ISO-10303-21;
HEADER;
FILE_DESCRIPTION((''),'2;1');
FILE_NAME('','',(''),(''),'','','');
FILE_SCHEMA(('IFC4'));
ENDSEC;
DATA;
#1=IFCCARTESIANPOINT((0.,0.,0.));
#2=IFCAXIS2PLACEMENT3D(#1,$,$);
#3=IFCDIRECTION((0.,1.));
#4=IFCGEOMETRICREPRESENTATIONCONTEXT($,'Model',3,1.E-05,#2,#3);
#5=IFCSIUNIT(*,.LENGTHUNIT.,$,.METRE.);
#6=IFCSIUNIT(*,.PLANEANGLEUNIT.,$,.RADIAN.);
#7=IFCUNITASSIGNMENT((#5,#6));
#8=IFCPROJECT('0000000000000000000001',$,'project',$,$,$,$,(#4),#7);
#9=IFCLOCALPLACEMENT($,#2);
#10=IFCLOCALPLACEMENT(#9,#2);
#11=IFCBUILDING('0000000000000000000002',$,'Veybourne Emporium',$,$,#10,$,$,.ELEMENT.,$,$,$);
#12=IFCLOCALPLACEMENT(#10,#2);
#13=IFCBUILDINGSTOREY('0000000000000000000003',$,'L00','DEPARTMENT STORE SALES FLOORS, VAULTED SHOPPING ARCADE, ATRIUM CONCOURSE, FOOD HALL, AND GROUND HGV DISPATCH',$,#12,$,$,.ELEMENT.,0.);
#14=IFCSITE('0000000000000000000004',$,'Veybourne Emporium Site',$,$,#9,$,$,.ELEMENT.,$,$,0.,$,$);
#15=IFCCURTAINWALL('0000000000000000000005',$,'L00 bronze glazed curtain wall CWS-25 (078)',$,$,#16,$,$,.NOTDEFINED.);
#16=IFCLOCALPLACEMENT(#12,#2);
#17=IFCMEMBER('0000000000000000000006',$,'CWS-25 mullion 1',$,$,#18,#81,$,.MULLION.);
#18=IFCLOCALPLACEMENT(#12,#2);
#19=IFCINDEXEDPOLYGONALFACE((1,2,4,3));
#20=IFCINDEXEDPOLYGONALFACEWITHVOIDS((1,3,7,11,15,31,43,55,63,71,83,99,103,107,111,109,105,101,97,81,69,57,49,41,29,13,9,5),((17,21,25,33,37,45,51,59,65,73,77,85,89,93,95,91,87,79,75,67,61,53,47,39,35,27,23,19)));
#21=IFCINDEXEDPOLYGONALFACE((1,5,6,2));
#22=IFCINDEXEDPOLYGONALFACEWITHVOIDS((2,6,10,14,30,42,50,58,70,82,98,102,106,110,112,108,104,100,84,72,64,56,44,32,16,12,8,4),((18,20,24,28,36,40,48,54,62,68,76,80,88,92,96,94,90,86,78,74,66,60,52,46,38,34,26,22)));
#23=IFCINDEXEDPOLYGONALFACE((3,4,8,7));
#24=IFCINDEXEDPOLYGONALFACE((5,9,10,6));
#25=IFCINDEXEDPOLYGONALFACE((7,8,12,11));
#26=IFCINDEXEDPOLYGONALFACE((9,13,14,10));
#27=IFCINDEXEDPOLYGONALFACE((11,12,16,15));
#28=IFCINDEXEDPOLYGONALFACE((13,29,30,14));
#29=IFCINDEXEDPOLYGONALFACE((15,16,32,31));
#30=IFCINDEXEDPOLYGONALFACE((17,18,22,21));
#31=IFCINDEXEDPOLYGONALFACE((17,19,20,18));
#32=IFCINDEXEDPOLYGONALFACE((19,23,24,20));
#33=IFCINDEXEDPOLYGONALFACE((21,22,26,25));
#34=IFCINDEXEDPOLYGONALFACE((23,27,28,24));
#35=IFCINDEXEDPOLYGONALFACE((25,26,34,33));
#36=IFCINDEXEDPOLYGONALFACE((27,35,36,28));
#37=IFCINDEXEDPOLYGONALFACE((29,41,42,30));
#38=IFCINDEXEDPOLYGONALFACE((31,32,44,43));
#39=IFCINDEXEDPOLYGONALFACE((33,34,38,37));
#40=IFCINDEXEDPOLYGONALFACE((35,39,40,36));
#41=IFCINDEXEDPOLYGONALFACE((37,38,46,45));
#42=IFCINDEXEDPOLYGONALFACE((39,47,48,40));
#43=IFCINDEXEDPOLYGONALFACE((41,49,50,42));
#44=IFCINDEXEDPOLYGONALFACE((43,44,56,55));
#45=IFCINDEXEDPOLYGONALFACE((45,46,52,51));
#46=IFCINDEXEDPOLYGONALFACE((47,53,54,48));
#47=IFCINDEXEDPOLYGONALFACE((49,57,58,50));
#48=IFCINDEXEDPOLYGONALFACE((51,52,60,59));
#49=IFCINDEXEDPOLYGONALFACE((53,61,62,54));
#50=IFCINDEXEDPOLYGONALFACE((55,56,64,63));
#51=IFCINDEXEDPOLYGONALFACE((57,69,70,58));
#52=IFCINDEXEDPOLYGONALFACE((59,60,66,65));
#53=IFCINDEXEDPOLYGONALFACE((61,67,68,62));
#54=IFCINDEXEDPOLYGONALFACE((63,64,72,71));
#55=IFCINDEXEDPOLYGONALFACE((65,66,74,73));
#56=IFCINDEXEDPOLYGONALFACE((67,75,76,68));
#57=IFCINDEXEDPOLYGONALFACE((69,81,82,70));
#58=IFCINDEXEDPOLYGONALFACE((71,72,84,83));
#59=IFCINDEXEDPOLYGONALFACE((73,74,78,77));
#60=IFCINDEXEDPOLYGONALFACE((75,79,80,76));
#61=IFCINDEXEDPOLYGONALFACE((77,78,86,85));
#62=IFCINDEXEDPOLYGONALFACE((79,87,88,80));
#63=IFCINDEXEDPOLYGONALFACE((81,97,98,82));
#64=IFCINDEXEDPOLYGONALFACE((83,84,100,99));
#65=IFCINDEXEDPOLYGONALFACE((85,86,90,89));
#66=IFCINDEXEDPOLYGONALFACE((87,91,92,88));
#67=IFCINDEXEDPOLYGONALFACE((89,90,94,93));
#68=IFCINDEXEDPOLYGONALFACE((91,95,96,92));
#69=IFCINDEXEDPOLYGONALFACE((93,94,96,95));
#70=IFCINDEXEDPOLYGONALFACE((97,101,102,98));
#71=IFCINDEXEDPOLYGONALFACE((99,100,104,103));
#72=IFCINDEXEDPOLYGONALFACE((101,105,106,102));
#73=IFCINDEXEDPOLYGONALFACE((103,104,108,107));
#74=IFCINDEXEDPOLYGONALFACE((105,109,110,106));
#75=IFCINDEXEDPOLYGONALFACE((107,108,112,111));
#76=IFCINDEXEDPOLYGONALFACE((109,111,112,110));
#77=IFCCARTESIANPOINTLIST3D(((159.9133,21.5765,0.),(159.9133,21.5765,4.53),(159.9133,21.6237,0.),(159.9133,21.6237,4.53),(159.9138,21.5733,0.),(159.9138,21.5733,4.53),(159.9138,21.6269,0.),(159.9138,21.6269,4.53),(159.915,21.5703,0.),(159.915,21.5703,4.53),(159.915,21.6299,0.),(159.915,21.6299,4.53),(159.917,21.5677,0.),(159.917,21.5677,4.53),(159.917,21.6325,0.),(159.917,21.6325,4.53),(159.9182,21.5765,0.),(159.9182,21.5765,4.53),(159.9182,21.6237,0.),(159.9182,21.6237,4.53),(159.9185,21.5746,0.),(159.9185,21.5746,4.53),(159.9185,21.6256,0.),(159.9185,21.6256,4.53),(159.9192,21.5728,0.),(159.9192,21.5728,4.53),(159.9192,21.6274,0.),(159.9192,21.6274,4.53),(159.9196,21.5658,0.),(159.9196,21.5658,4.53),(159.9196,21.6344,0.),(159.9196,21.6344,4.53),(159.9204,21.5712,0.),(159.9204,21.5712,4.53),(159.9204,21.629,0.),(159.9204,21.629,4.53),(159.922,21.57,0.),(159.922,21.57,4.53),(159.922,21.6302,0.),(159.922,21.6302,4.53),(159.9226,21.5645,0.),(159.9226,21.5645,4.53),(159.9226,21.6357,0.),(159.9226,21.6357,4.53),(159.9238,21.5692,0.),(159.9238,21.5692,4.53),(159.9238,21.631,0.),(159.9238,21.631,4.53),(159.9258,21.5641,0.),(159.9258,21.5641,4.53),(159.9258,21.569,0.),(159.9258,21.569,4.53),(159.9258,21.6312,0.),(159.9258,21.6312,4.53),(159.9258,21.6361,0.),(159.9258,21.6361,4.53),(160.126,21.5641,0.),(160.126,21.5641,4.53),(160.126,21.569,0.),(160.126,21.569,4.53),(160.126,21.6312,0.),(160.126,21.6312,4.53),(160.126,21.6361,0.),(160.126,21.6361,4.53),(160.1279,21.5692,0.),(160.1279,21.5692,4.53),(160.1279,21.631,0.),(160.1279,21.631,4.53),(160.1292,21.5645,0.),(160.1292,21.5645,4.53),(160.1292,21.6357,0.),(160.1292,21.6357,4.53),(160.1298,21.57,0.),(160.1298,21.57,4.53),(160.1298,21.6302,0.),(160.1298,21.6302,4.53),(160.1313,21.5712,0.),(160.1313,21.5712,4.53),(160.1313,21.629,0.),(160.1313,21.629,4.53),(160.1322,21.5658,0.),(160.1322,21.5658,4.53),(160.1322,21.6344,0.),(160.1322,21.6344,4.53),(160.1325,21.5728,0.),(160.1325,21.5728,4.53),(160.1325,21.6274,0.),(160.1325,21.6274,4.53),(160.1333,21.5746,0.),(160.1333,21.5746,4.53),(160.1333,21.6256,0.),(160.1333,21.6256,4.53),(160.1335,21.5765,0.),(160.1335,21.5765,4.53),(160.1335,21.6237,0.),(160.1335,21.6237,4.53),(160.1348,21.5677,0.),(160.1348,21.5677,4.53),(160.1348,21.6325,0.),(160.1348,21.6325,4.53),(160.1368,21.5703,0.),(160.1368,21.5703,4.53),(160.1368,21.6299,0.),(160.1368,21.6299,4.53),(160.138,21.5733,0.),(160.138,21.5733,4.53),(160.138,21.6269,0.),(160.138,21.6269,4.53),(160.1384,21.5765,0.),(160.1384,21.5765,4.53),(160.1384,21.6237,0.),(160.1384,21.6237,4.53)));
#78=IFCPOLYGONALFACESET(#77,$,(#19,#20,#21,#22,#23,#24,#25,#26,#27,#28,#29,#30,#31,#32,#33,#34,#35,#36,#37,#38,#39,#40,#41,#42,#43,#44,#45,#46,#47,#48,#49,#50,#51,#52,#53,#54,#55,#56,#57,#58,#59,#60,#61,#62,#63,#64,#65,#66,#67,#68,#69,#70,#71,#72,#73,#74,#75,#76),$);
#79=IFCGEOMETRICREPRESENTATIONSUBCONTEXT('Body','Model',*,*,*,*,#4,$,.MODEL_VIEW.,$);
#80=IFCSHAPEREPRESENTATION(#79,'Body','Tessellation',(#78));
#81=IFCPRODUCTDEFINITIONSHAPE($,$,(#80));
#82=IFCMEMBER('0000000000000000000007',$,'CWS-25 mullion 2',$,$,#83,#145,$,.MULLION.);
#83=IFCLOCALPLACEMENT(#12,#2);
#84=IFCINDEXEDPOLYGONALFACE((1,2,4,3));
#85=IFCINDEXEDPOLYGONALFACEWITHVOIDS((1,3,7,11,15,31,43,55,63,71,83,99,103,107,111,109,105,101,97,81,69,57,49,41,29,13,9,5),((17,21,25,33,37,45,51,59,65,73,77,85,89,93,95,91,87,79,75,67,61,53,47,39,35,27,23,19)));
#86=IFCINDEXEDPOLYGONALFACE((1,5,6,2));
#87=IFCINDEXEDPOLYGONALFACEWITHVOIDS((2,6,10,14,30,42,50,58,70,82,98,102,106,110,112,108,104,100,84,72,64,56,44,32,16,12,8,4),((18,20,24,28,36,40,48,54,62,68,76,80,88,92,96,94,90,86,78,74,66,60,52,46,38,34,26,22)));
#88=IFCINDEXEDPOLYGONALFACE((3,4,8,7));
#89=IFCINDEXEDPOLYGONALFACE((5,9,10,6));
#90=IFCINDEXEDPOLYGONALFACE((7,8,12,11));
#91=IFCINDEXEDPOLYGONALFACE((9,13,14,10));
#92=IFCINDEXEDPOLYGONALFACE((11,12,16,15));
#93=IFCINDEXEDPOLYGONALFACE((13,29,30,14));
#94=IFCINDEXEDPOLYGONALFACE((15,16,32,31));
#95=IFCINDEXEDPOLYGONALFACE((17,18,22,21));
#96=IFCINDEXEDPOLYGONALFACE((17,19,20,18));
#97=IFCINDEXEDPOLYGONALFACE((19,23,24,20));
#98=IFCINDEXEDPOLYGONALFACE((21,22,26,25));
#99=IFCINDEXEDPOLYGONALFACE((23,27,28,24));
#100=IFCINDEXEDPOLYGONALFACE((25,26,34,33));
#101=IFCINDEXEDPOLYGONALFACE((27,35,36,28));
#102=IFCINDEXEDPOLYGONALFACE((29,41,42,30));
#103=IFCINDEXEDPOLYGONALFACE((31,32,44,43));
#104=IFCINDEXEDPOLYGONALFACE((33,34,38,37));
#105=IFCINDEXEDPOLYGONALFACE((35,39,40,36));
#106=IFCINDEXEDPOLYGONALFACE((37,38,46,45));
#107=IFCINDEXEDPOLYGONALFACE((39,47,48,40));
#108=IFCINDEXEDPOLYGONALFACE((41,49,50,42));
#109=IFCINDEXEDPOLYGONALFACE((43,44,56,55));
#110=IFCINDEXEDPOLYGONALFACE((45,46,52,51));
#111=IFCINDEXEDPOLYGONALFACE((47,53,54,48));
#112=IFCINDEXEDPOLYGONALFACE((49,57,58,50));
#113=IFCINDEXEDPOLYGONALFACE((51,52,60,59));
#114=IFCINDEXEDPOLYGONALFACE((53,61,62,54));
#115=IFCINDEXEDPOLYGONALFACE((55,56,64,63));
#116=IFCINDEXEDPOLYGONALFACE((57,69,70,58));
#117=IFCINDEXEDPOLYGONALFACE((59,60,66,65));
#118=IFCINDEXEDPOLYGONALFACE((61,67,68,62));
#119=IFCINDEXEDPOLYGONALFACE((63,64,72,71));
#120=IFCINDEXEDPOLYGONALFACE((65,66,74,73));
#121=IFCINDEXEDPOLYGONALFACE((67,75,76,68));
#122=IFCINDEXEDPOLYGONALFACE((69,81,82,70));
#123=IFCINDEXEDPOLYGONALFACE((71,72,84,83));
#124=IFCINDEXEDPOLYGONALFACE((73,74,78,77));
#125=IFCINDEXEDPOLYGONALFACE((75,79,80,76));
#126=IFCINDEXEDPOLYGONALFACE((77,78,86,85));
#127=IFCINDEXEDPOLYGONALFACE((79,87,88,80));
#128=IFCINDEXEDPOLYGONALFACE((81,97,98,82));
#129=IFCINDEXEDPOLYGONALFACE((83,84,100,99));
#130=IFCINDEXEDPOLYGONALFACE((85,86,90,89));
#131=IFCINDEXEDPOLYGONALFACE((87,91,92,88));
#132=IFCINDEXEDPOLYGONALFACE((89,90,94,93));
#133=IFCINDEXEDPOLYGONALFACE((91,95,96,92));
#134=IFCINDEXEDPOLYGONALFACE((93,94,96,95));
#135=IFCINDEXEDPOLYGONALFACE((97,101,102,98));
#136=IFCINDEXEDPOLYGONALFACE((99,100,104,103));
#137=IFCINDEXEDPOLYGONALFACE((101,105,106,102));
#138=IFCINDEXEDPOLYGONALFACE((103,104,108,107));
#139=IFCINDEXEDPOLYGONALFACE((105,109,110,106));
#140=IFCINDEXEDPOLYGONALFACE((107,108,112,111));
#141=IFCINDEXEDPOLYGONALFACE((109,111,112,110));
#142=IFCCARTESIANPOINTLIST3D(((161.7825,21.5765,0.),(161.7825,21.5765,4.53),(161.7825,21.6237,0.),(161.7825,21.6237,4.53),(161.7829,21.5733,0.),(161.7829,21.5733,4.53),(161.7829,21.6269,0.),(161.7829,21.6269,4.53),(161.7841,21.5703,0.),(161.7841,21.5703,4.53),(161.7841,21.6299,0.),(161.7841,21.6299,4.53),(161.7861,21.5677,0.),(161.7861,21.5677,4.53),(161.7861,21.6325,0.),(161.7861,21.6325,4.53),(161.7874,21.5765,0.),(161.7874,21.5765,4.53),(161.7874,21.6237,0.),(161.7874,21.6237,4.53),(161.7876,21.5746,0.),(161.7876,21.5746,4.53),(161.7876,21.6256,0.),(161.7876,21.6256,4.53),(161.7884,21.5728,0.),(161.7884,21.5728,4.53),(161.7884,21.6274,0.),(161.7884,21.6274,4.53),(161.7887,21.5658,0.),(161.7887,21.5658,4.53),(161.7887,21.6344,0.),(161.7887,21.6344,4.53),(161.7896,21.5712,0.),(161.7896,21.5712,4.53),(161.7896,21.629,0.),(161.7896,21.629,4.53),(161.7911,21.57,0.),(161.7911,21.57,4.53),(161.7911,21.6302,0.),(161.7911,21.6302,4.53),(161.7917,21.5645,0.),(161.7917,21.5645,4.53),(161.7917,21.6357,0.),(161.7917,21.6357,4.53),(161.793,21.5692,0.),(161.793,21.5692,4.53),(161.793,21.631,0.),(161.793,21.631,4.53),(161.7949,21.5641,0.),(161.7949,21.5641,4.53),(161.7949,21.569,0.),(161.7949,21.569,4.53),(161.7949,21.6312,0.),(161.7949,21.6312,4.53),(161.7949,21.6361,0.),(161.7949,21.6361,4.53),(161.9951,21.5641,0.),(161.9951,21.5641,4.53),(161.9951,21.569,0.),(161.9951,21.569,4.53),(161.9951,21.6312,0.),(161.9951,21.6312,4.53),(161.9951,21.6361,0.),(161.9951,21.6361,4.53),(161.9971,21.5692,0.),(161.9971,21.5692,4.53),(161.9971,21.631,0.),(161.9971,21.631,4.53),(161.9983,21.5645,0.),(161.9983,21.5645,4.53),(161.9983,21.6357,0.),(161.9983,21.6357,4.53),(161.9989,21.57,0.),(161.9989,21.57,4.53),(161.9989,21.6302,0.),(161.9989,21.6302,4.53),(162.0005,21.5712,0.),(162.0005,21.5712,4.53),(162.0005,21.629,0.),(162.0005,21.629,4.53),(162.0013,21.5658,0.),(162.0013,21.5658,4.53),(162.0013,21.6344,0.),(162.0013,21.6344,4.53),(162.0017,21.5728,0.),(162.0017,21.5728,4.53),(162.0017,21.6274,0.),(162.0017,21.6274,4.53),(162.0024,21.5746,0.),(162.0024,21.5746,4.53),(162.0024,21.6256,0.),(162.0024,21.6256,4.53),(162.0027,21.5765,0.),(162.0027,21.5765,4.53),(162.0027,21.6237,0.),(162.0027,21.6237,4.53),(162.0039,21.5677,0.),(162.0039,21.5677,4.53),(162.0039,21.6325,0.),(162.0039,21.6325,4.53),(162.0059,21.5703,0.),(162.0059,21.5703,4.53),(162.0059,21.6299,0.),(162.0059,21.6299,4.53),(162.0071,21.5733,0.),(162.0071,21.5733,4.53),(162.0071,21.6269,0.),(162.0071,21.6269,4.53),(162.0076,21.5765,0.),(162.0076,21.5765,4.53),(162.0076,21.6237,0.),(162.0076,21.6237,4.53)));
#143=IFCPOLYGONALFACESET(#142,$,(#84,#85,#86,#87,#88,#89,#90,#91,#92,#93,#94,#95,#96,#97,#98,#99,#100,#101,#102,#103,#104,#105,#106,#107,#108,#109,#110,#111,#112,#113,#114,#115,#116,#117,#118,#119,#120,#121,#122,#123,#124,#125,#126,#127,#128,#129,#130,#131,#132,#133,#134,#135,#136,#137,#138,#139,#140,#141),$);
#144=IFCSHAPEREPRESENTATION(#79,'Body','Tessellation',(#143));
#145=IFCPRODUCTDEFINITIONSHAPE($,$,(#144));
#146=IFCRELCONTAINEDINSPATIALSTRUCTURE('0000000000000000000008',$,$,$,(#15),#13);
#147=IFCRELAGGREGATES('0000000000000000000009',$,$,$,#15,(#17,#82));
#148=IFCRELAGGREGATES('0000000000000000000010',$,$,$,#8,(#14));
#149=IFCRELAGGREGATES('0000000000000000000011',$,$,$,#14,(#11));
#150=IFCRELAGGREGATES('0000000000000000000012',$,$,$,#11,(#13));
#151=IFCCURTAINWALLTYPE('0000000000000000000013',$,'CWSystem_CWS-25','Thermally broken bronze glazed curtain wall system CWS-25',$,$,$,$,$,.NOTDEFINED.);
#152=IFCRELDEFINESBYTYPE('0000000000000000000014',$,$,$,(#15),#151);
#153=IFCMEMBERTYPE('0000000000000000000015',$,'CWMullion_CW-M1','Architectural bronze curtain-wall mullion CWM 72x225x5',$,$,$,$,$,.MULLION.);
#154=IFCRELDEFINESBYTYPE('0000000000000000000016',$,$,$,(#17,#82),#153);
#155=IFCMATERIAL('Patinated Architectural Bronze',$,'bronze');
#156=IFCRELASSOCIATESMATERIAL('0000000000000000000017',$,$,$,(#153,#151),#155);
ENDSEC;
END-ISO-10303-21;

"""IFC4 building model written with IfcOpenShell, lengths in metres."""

from ifc_helpers import new_model, si_unit, direction, frame, origin, origin_2d, place, context, subcontext, project, spatial, hollow_rectangle, extrude, material, material_profile, profile_set, type_object, element, aggregate, save


model = new_model("IFC4")

# Units and contexts
model_context = context("Model", 3, precision=1e-05, world=origin(), true_north=direction((0.0, 1.0)))
body_context = subcontext(model_context, "Body", "Model", "MODEL_VIEW")
ifc_project = project(units=[si_unit("LENGTHUNIT", "METRE"), si_unit("PLANEANGLEUNIT", "RADIAN")], contexts=[model_context])

# Site, building, storey
site_placement = place(None, origin())
site = spatial("IfcSite", under=ifc_project, at=site_placement, Name="Veybourne Emporium Site", CompositionType="ELEMENT", RefElevation=0.0)
building_placement = place(site_placement, origin())
building = spatial("IfcBuilding", under=site, at=building_placement, Name="Veybourne Emporium", CompositionType="ELEMENT")
storey_placement = place(building_placement, origin())
storey = spatial("IfcBuildingStorey", under=building, at=storey_placement, Name="L00", Description="DEPARTMENT STORE SALES FLOORS, VAULTED SHOPPING ARCADE, ATRIUM CONCOURSE, FOOD HALL, AND GROUND HGV DISPATCH", CompositionType="ELEMENT", Elevation=0.0)

# Curtain wall, members
ifc_material_1 = material(Name="Patinated Architectural Bronze", Category="bronze")
ifc_material_profile_1 = material_profile(ifc_material_1, hollow_rectangle(XDim=0.072, YDim=0.2251, WallThickness=0.0049, InnerFilletRadius=0.0076, OuterFilletRadius=0.0125, at=origin_2d()), Name="CWM 72x225x5")
ifc_profile_set_1 = profile_set([ifc_material_profile_1], Name="Patinated Architectural Bronze")
member_type_1 = type_object("IfcMemberType", Name="CWMullion_CW-M1", Description="Architectural bronze curtain-wall mullion CWM 72x225x5", PredefinedType="MULLION", material=ifc_profile_set_1)
curtain_wall_type_1 = type_object("IfcCurtainWallType", Name="CWSystem_CWS-25", Description="Thermally broken bronze glazed curtain wall system CWS-25", PredefinedType="NOTDEFINED", material=ifc_material_1)
curtain_wall_1_placement = place(storey_placement, origin())
curtain_wall_1 = element("IfcCurtainWall", 1, at=curtain_wall_1_placement, inside=storey, type_object=curtain_wall_type_1, Name="L00 bronze glazed curtain wall CWS-25 (078)", PredefinedType="NOTDEFINED")
member_1_placement = place(storey_placement, frame((160.0259, 21.6001, 0.0), z_axis=(0.0, 0.0, 1.0), x_axis=(0.0, 1.0, 0.0)))
member_1 = element("IfcMember", 2, at=member_1_placement, type_object=member_type_1, Name="CWS-25 mullion 1", PredefinedType="MULLION", context=body_context, shape_type="SweptSolid", body=[
    extrude(hollow_rectangle(XDim=0.072, YDim=0.2251, WallThickness=0.0049, InnerFilletRadius=0.0076, OuterFilletRadius=0.0125, at=origin_2d()), origin(), (0.0, 0.0, 1.0), 4.53),
])
member_2_placement = place(storey_placement, frame((161.895, 21.6001, 0.0), z_axis=(0.0, 0.0, 1.0), x_axis=(0.0, 1.0, 0.0)))
member_2 = element("IfcMember", 3, at=member_2_placement, type_object=member_type_1, Name="CWS-25 mullion 2", PredefinedType="MULLION", context=body_context, shape_type="SweptSolid", body=[
    extrude(hollow_rectangle(XDim=0.072, YDim=0.2251, WallThickness=0.0049, InnerFilletRadius=0.0076, OuterFilletRadius=0.0125, at=origin_2d()), origin(), (0.0, 0.0, 1.0), 4.53),
])

aggregate(curtain_wall_1, [member_1, member_2])

save(model, "model.ifc")
